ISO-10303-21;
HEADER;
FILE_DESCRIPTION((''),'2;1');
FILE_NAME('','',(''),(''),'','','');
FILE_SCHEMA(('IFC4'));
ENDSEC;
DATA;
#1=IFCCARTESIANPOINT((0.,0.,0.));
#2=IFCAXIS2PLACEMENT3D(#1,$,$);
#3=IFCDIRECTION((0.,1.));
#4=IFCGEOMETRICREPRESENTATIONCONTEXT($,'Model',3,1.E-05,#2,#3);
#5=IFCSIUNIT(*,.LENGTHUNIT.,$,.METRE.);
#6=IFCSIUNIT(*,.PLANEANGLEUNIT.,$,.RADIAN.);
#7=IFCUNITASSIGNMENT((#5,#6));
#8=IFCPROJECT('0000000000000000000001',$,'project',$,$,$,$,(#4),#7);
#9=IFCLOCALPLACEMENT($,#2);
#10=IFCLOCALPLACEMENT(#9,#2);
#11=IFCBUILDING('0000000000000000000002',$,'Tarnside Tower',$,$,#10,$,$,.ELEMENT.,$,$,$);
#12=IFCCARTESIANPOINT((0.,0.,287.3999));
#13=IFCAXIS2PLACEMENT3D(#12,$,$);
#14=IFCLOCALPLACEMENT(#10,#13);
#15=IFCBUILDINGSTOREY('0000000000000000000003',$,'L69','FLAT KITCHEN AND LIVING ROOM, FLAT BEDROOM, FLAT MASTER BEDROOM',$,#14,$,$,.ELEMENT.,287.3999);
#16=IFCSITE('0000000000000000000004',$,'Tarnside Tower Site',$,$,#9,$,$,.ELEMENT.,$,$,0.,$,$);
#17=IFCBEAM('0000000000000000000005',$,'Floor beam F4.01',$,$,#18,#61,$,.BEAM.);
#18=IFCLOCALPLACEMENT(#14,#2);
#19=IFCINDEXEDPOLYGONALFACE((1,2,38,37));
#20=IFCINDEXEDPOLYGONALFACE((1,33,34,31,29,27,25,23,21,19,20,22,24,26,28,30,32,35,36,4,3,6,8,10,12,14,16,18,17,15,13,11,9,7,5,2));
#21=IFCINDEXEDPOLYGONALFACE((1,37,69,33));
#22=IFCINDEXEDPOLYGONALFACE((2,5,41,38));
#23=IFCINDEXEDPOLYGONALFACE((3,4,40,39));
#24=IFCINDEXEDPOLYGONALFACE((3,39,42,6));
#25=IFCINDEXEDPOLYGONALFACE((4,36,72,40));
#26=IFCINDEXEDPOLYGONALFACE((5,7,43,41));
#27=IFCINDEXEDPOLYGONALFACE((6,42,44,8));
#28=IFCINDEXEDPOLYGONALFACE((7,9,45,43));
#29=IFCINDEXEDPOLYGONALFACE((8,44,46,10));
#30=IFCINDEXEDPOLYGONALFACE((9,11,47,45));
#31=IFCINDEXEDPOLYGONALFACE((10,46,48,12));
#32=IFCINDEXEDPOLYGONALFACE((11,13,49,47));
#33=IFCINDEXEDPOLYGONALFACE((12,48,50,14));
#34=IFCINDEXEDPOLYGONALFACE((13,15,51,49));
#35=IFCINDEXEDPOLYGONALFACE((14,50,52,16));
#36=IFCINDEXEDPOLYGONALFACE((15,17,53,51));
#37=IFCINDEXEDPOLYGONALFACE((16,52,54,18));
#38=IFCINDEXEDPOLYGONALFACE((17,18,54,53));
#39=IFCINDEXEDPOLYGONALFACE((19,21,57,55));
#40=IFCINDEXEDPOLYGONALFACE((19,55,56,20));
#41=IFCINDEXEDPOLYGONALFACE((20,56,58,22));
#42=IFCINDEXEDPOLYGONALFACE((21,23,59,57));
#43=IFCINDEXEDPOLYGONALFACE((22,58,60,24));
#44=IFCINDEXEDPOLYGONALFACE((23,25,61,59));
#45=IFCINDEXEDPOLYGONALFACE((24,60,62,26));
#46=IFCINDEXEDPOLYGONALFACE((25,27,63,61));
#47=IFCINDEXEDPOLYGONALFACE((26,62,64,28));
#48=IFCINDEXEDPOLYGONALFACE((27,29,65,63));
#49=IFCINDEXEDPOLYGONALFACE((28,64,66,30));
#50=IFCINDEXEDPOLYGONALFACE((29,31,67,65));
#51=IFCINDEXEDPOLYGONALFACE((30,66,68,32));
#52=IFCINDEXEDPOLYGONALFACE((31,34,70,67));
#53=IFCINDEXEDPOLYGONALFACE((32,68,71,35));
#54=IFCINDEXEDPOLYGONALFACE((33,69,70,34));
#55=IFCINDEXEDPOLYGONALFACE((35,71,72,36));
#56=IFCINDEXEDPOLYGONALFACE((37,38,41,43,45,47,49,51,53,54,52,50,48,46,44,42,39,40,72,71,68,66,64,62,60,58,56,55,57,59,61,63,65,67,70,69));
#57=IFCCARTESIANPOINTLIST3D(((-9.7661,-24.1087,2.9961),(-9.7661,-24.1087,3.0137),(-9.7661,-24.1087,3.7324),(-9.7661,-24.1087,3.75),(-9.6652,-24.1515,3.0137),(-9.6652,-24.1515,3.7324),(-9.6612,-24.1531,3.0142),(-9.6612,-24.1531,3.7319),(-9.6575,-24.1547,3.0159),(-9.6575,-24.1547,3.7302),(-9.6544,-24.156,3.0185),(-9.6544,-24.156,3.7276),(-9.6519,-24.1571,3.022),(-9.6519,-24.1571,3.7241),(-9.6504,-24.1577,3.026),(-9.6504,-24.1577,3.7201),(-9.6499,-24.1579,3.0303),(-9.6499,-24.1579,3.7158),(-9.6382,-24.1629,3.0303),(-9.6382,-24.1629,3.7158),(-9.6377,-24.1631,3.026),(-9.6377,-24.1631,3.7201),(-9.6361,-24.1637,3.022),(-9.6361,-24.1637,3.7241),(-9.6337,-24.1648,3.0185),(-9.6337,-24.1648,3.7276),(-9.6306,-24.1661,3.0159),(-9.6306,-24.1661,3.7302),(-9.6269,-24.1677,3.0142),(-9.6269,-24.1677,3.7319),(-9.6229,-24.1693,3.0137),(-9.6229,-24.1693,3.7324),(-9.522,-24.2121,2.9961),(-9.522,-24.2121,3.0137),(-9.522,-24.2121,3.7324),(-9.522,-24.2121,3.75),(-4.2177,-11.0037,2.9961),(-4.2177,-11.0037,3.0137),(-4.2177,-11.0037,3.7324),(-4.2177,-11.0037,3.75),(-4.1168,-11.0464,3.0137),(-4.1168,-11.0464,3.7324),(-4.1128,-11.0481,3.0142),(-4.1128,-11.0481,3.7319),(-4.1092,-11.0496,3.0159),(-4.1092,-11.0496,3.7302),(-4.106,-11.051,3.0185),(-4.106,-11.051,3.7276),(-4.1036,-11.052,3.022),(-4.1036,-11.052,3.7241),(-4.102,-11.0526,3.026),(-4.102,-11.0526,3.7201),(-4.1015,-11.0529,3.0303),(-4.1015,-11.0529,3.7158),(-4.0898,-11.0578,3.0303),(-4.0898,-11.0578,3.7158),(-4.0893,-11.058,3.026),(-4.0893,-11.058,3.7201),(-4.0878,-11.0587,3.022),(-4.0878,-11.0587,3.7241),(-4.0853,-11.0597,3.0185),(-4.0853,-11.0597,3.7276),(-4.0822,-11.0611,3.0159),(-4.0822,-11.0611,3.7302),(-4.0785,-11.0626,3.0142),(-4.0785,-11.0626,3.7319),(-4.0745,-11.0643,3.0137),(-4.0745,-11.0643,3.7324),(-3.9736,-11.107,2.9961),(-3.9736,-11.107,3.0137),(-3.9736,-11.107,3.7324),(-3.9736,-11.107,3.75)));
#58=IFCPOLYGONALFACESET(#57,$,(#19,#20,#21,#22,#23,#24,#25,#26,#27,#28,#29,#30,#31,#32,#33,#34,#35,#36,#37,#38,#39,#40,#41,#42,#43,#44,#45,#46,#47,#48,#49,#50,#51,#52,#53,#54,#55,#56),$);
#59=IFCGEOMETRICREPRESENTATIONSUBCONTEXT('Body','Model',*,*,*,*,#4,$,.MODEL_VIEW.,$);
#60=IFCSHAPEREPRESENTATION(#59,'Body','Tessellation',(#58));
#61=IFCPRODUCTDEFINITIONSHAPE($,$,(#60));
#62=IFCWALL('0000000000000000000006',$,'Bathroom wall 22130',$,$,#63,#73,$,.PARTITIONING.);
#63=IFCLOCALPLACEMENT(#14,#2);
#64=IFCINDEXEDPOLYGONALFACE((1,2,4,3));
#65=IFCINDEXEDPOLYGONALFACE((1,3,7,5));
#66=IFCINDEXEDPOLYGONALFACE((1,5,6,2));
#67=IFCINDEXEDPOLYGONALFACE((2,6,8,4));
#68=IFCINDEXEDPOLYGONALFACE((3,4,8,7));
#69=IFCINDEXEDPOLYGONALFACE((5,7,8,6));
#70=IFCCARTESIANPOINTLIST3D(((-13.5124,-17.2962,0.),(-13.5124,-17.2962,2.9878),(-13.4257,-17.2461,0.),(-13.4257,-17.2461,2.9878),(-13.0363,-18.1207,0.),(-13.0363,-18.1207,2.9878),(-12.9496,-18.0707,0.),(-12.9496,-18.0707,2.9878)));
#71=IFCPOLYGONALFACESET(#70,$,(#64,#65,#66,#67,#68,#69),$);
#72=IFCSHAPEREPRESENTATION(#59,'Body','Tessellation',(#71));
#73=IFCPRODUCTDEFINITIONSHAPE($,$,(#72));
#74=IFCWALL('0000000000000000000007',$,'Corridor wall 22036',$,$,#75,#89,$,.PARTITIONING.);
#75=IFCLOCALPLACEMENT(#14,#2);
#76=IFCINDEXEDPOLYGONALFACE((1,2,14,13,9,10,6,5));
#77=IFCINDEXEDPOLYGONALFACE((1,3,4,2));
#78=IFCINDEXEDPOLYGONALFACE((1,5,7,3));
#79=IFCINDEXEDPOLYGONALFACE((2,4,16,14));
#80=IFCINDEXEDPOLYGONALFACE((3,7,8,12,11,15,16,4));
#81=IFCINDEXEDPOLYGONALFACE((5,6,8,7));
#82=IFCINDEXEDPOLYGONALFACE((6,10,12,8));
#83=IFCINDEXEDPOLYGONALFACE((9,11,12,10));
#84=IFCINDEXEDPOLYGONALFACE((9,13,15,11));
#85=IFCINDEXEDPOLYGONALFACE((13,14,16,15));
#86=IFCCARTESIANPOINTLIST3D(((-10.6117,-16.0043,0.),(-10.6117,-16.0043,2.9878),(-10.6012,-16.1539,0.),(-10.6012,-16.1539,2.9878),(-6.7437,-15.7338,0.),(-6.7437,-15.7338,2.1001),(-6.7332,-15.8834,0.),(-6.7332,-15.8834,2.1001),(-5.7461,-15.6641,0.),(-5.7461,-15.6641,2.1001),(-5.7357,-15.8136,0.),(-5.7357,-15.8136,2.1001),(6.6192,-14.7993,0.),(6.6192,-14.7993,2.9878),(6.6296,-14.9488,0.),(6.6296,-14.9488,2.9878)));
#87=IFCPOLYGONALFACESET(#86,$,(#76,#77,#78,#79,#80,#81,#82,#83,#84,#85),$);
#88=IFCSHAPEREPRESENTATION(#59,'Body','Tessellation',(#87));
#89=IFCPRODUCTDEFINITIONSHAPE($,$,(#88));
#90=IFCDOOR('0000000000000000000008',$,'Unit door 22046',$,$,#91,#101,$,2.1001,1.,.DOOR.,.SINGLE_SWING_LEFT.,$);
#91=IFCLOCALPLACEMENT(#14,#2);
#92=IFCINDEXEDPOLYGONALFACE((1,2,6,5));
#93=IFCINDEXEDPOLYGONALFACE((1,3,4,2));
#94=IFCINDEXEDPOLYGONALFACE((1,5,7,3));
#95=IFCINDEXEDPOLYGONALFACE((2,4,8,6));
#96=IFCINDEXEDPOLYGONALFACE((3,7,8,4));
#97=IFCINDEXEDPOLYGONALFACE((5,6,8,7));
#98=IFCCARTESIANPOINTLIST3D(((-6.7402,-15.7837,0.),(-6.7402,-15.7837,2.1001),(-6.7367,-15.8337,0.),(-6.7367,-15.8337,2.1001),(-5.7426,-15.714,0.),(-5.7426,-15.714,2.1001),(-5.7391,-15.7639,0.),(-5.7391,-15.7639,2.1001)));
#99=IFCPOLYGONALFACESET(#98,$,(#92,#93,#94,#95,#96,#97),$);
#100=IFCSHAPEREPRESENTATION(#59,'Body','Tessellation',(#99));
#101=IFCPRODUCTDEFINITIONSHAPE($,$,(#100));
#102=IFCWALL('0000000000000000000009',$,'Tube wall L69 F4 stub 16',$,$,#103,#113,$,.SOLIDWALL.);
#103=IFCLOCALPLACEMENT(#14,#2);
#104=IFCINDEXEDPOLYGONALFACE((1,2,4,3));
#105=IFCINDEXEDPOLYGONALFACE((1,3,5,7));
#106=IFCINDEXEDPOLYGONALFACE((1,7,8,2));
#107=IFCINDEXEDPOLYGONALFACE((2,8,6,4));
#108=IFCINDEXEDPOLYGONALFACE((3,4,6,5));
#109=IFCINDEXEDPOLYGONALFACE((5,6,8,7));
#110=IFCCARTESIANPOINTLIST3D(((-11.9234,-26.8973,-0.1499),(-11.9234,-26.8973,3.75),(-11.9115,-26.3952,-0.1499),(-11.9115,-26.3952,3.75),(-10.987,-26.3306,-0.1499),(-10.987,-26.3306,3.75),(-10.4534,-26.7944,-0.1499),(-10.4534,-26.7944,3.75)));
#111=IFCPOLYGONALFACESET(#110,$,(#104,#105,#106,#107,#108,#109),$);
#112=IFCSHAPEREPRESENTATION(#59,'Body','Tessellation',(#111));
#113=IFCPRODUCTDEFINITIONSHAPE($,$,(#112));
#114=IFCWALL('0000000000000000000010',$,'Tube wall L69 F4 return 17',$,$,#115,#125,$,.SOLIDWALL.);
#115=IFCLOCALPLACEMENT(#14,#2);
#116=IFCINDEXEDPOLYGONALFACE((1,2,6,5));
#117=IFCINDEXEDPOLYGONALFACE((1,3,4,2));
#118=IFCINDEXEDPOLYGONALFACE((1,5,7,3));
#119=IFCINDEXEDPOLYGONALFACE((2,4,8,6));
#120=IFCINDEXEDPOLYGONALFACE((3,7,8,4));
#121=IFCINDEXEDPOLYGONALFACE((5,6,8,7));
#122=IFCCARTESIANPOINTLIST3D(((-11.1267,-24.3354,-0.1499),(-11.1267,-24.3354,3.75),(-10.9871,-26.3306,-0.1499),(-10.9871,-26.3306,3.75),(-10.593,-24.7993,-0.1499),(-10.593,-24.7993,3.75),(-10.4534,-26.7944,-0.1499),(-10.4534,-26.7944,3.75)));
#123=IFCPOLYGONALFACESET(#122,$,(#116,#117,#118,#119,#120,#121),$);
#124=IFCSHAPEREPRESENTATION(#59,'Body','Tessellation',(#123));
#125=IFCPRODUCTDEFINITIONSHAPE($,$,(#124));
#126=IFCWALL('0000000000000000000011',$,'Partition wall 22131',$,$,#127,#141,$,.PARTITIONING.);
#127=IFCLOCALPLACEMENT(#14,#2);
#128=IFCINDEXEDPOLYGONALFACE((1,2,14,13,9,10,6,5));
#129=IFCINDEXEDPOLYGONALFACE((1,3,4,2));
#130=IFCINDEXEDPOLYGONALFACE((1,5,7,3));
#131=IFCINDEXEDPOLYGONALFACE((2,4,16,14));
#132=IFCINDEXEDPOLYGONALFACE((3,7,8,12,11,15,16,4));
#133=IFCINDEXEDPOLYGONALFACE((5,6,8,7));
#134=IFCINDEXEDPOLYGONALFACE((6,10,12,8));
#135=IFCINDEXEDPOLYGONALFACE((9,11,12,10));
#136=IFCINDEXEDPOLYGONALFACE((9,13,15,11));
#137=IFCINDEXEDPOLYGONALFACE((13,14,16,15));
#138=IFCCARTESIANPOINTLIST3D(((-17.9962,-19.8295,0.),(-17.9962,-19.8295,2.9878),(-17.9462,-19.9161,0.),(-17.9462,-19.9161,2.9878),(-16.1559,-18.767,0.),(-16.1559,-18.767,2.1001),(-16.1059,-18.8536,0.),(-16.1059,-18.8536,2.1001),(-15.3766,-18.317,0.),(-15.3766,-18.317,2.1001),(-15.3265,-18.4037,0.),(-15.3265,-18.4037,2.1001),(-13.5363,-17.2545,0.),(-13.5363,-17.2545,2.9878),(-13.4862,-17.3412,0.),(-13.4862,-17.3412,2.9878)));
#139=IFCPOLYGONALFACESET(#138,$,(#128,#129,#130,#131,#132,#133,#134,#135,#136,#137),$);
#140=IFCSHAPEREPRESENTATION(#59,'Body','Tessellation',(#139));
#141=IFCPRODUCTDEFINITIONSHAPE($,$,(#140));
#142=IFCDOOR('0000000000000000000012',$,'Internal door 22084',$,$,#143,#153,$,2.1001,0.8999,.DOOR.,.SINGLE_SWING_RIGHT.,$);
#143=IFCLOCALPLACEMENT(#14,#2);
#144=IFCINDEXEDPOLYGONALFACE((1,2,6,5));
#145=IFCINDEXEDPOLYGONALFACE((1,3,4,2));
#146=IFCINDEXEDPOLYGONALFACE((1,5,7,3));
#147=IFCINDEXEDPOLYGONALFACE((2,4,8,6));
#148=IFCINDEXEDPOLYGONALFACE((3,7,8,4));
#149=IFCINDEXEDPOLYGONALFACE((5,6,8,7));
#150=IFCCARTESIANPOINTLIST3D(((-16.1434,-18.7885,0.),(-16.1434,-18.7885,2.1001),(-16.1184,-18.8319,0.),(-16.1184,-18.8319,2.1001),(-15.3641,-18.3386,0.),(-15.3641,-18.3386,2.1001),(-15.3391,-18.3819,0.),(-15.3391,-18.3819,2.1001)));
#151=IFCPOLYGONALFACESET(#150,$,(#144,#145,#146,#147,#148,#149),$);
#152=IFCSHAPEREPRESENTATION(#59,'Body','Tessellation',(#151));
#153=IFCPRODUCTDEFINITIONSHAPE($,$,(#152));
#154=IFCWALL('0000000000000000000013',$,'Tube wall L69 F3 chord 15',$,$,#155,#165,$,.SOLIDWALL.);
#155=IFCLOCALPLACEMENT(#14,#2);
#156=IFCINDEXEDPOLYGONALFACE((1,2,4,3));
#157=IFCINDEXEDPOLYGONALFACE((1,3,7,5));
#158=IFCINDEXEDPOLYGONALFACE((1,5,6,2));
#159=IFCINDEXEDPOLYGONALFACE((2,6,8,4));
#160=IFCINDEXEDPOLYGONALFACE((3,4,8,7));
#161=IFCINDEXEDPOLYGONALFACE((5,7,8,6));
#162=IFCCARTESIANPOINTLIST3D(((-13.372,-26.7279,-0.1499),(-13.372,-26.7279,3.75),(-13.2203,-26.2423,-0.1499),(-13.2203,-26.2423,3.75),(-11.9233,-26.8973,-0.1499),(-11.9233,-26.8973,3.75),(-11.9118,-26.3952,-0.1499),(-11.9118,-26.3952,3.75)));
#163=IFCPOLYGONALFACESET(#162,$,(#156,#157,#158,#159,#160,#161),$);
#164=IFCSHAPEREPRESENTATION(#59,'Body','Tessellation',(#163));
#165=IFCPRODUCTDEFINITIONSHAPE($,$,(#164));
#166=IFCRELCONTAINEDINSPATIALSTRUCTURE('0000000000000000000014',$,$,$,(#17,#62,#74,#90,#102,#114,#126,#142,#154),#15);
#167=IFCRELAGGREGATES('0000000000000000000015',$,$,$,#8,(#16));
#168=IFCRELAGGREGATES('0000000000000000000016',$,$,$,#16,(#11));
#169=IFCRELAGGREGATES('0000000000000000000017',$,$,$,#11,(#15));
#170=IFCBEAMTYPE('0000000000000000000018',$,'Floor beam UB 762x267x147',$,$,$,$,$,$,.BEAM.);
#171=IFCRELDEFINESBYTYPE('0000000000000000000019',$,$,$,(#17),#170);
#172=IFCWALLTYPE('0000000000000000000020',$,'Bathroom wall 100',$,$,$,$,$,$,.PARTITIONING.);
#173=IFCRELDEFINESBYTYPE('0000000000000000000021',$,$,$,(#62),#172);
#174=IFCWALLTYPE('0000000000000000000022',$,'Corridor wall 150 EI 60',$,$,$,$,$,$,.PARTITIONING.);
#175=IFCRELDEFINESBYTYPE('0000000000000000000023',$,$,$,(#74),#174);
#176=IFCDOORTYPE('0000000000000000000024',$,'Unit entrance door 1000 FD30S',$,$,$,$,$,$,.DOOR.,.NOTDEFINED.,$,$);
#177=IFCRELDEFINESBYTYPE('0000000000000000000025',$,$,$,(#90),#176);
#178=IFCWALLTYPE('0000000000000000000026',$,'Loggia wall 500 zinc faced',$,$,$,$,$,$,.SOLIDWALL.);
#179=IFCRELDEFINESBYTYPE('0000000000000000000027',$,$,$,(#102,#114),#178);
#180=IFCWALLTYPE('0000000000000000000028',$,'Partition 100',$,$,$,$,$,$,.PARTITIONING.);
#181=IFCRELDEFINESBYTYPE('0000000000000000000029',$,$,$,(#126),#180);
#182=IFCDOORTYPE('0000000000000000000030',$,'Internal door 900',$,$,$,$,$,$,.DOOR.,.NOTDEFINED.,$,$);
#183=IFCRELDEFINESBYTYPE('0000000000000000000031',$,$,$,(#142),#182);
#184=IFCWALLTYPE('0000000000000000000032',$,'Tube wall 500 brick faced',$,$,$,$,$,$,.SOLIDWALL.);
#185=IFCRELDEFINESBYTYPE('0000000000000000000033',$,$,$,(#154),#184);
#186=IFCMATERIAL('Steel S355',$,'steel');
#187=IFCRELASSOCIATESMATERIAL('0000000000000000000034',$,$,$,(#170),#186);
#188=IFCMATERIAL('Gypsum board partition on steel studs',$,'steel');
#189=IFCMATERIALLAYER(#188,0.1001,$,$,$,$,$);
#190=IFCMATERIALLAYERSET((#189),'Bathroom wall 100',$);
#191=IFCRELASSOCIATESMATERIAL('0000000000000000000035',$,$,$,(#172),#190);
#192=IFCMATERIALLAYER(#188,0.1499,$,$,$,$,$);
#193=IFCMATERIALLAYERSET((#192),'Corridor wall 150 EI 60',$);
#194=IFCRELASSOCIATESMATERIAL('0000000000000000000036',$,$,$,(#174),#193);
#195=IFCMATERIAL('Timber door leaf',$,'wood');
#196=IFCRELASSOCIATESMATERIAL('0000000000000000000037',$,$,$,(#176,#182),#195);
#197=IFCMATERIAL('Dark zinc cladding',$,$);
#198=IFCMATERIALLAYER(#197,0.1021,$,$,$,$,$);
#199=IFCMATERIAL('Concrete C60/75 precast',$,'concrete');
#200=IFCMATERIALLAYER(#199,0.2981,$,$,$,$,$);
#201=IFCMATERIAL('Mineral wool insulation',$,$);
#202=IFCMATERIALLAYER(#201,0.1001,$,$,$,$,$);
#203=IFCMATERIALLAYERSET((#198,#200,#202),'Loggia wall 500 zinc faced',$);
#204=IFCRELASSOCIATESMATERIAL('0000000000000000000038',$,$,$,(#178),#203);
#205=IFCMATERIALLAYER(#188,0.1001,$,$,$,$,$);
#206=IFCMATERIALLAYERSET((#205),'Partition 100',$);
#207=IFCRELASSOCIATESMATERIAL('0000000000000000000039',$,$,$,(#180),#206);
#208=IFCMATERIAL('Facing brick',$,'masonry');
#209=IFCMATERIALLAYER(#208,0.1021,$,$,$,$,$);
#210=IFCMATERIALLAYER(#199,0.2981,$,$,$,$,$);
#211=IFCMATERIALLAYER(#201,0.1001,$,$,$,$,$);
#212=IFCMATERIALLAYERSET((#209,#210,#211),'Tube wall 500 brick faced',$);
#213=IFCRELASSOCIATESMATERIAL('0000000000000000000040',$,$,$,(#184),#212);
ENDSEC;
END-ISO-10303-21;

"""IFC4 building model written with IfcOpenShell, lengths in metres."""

from ifc_helpers import new_model, si_unit, direction, frame, frame_2d, origin, origin_2d, place, context, subcontext, project, spatial, polyline, rectangle, i_section, outline, extrude, material, layer, layer_set, material_profile, profile_set, type_object, element, fill, save


model = new_model("IFC4")

# Units and contexts
model_context = context("Model", 3, precision=1e-05, world=origin(), true_north=direction((0.0, 1.0)))
body_context = subcontext(model_context, "Body", "Model", "MODEL_VIEW")
ifc_project = project(units=[si_unit("LENGTHUNIT", "METRE"), si_unit("PLANEANGLEUNIT", "RADIAN")], contexts=[model_context])

# Site, building, storey
site_placement = place(None, origin())
site = spatial("IfcSite", under=ifc_project, at=site_placement, Name="Tarnside Tower Site", CompositionType="ELEMENT", RefElevation=0.0)
building_placement = place(site_placement, origin())
building = spatial("IfcBuilding", under=site, at=building_placement, Name="Tarnside Tower", CompositionType="ELEMENT")
storey_placement = place(building_placement, frame((0.0, 0.0, 287.3999)))
storey = spatial("IfcBuildingStorey", under=building, at=storey_placement, Name="L69", Description="FLAT KITCHEN AND LIVING ROOM, FLAT BEDROOM, FLAT MASTER BEDROOM", CompositionType="ELEMENT", Elevation=287.3999)

# Beam
ifc_material_1 = material(Name="Steel S355", Category="steel")
ifc_material_profile = material_profile(ifc_material_1, i_section(OverallWidth=0.2651, OverallDepth=0.7539, WebThickness=0.0127, FlangeThickness=0.0176, FilletRadius=0.0166, at=origin_2d()), Name="UB 762x267x147")
ifc_profile_set = profile_set([ifc_material_profile], Name="Steel S355")
beam_type = type_object("IfcBeamType", Name="Floor beam UB 762x267x147", PredefinedType="BEAM", material=ifc_profile_set)
beam_placement = place(storey_placement, frame((-9.644, -24.1604, 3.373), z_axis=(0.389874, 0.920868, 0.0), x_axis=(-0.920868, 0.389874, 0.0)))
element("IfcBeam", 1, at=beam_placement, inside=storey, type_object=beam_type, Name="Floor beam F4.01", PredefinedType="BEAM", context=body_context, shape_type="SweptSolid", body=[
    extrude(i_section(OverallWidth=0.2651, OverallDepth=0.7539, WebThickness=0.0127, FlangeThickness=0.0176, FilletRadius=0.0166, at=origin_2d()), origin(), (0.0, 0.0, 1.0), 14.2312),
])

# Wall
ifc_material_2 = material(Name="Gypsum board partition on steel studs", Category="steel")
ifc_layer_1 = layer(ifc_material_2, 0.1001)
ifc_layer_set_1 = layer_set([ifc_layer_1], Name="Bathroom wall 100")
wall_type_1 = type_object("IfcWallType", Name="Bathroom wall 100", PredefinedType="PARTITIONING", material=ifc_layer_set_1)
wall_1_placement = place(storey_placement, frame((-12.9929, -18.0957, 0.0), z_axis=(0.0, 0.0, 1.0), x_axis=(-0.500055, 0.865993, 0.0)))
element("IfcWall", 2, at=wall_1_placement, inside=storey, type_object=wall_type_1, Name="Bathroom wall 22130", PredefinedType="PARTITIONING", context=body_context, shape_type="SweptSolid", body=[
    extrude(rectangle(XDim=0.9521, YDim=0.1001, at=frame_2d((0.4761, 0.0))), origin(), (0.0, 0.0, 1.0), 2.9878),
])

# Wall, opening, door
ifc_layer_2 = layer(ifc_material_2, 0.1499)
ifc_layer_set_2 = layer_set([ifc_layer_2], Name="Corridor wall 150 EI 60")
wall_type_2 = type_object("IfcWallType", Name="Corridor wall 150 EI 60", PredefinedType="PARTITIONING", material=ifc_layer_set_2)
wall_2_placement = place(storey_placement, frame((-10.6064, -16.0791, 0.0), z_axis=(0.0, 0.0, 1.0), x_axis=(0.997563, 0.069766, 0.0)))
wall_2 = element("IfcWall", 3, at=wall_2_placement, inside=storey, type_object=wall_type_2, Name="Corridor wall 22036", PredefinedType="PARTITIONING", context=body_context, shape_type="SweptSolid", body=[
    extrude(rectangle(XDim=17.2729, YDim=0.1499, at=frame_2d((8.6365, 0.0))), origin(), (0.0, 0.0, 1.0), 2.9878),
])
opening_1_placement = place(wall_2_placement, frame((3.8774, 0.0, 0.0)))
opening_1 = element("IfcOpeningElement", 4, at=opening_1_placement, cuts=wall_2, PredefinedType="OPENING", context=body_context, shape_type="SweptSolid", body=[
    extrude(rectangle(XDim=1.0, YDim=2.1001, at=frame_2d((0.5, 1.05))), frame((0.0, 0.085, 0.0), z_axis=(0.0, -1.0, 0.0), x_axis=(1.0, 0.0, 0.0)), (0.0, 0.0, 1.0), 0.1699),
])
ifc_material_3 = material(Name="Timber door leaf", Category="wood")
door_type_1 = type_object("IfcDoorType", Name="Unit entrance door 1000 FD30S", OperationType="NOTDEFINED", PredefinedType="DOOR", material=ifc_material_3)
door_1_placement = place(opening_1_placement, origin())
door_1 = element("IfcDoor", 5, at=door_1_placement, inside=storey, type_object=door_type_1, Name="Unit door 22046", OperationType="SINGLE_SWING_LEFT", OverallHeight=2.1001, OverallWidth=1.0, PredefinedType="DOOR", context=body_context, shape_type="SweptSolid", body=[
    extrude(rectangle(XDim=1.0, YDim=2.1001, at=frame_2d((0.5, 1.05))), frame((0.0, 0.0249, 0.0), z_axis=(0.0, -1.0, 0.0), x_axis=(1.0, 0.0, 0.0)), (0.0, 0.0, 1.0), 0.05),
])
fill(opening_1, door_1)

# Walls
ifc_material_4 = material(Name="Dark zinc cladding")
ifc_layer_3 = layer(ifc_material_4, 0.1021)
ifc_material_5 = material(Name="Concrete C60/75 precast", Category="concrete")
ifc_layer_4 = layer(ifc_material_5, 0.2981)
ifc_material_6 = material(Name="Mineral wool insulation")
ifc_layer_5 = layer(ifc_material_6, 0.1001)
ifc_layer_set_3 = layer_set([ifc_layer_3, ifc_layer_4, ifc_layer_5], Name="Loggia wall 500 zinc faced")
wall_type_3 = type_object("IfcWallType", Name="Loggia wall 500 zinc faced", PredefinedType="SOLIDWALL", material=ifc_layer_set_3)
wall_3_placement = place(storey_placement, frame((-11.9175, -26.6462, -0.1499), z_axis=(0.0, 0.0, 1.0), x_axis=(0.997563, 0.069772, 0.0)))
element("IfcWall", 6, at=wall_3_placement, inside=storey, type_object=wall_type_3, Name="Tube wall L69 F4 stub 16", PredefinedType="SOLIDWALL", context=body_context, shape_type="SweptSolid", body=[
    extrude(outline(polyline([(-0.0234, -0.25), (1.4502, -0.25), (0.9502, 0.25), (0.0234, 0.25), (-0.0234, -0.25)])), origin(), (0.0, 0.0, 1.0), 3.8999),
])
wall_4_placement = place(storey_placement, frame((-10.7202, -26.5625, -0.1499), z_axis=(0.0, 0.0, 1.0), x_axis=(-0.069824, 0.997559, 0.0)))
element("IfcWall", 7, at=wall_4_placement, inside=storey, type_object=wall_type_3, Name="Tube wall L69 F4 return 17", PredefinedType="SOLIDWALL", context=body_context, shape_type="SweptSolid", body=[
    extrude(outline(polyline([(-0.25, -0.25), (1.75, -0.25), (2.25, 0.25), (0.25, 0.25), (-0.25, -0.25)])), origin(), (0.0, 0.0, 1.0), 3.8999),
])

# Wall, opening, door
ifc_layer_6 = layer(ifc_material_2, 0.1001)
ifc_layer_set_4 = layer_set([ifc_layer_6], Name="Partition 100")
wall_type_4 = type_object("IfcWallType", Name="Partition 100", PredefinedType="PARTITIONING", material=ifc_layer_set_4)
wall_5_placement = place(storey_placement, frame((-13.5112, -17.2979, 0.0), z_axis=(0.0, 0.0, 1.0), x_axis=(-0.866026, -0.499999, 0.0)))
wall_5 = element("IfcWall", 8, at=wall_5_placement, inside=storey, type_object=wall_type_4, Name="Partition wall 22131", PredefinedType="PARTITIONING", context=body_context, shape_type="SweptSolid", body=[
    extrude(rectangle(XDim=5.1499, YDim=0.1001, at=frame_2d((2.575, 0.0))), origin(), (0.0, 0.0, 1.0), 2.9878),
])
opening_2_placement = place(wall_5_placement, frame((2.125, 0.0, 0.0)))
opening_2 = element("IfcOpeningElement", 9, at=opening_2_placement, cuts=wall_5, PredefinedType="OPENING", context=body_context, shape_type="SweptSolid", body=[
    extrude(rectangle(XDim=0.8999, YDim=2.1001, at=frame_2d((0.45, 1.05))), frame((0.0, 0.0601, 0.0), z_axis=(0.0, -1.0, 0.0), x_axis=(1.0, 0.0, 0.0)), (0.0, 0.0, 1.0), 0.1201),
])
door_type_2 = type_object("IfcDoorType", Name="Internal door 900", OperationType="NOTDEFINED", PredefinedType="DOOR", material=ifc_material_3)
door_2_placement = place(opening_2_placement, origin())
door_2 = element("IfcDoor", 10, at=door_2_placement, inside=storey, type_object=door_type_2, Name="Internal door 22084", OperationType="SINGLE_SWING_RIGHT", OverallHeight=2.1001, OverallWidth=0.8999, PredefinedType="DOOR", context=body_context, shape_type="SweptSolid", body=[
    extrude(rectangle(XDim=0.8999, YDim=2.1001, at=frame_2d((0.45, 1.05))), frame((0.0, 0.0249, 0.0), z_axis=(0.0, -1.0, 0.0), x_axis=(1.0, 0.0, 0.0)), (0.0, 0.0, 1.0), 0.05),
])
fill(opening_2, door_2)

# Wall
ifc_material_7 = material(Name="Facing brick", Category="masonry")
ifc_layer_7 = layer(ifc_material_7, 0.1021)
ifc_layer_8 = layer(ifc_material_5, 0.2981)
ifc_layer_9 = layer(ifc_material_6, 0.1001)
ifc_layer_set_5 = layer_set([ifc_layer_7, ifc_layer_8, ifc_layer_9], Name="Tube wall 500 brick faced")
wall_type_5 = type_object("IfcWallType", Name="Tube wall 500 brick faced", PredefinedType="SOLIDWALL", material=ifc_layer_set_5)
wall_6_placement = place(storey_placement, frame((-13.2961, -26.4851, -0.1499), z_axis=(0.0, 0.0, 1.0), x_axis=(0.993239, -0.116086, 0.0)))
element("IfcWall", 11, at=wall_6_placement, inside=storey, type_object=wall_type_5, Name="Tube wall L69 F3 chord 15", PredefinedType="SOLIDWALL", context=body_context, shape_type="SweptSolid", body=[
    extrude(outline(polyline([(-0.0471, -0.25), (1.4114, -0.25), (1.3645, 0.25), (0.0471, 0.25), (-0.0471, -0.25)])), origin(), (0.0, 0.0, 1.0), 3.8999),
])

save(model, "model.ifc")
